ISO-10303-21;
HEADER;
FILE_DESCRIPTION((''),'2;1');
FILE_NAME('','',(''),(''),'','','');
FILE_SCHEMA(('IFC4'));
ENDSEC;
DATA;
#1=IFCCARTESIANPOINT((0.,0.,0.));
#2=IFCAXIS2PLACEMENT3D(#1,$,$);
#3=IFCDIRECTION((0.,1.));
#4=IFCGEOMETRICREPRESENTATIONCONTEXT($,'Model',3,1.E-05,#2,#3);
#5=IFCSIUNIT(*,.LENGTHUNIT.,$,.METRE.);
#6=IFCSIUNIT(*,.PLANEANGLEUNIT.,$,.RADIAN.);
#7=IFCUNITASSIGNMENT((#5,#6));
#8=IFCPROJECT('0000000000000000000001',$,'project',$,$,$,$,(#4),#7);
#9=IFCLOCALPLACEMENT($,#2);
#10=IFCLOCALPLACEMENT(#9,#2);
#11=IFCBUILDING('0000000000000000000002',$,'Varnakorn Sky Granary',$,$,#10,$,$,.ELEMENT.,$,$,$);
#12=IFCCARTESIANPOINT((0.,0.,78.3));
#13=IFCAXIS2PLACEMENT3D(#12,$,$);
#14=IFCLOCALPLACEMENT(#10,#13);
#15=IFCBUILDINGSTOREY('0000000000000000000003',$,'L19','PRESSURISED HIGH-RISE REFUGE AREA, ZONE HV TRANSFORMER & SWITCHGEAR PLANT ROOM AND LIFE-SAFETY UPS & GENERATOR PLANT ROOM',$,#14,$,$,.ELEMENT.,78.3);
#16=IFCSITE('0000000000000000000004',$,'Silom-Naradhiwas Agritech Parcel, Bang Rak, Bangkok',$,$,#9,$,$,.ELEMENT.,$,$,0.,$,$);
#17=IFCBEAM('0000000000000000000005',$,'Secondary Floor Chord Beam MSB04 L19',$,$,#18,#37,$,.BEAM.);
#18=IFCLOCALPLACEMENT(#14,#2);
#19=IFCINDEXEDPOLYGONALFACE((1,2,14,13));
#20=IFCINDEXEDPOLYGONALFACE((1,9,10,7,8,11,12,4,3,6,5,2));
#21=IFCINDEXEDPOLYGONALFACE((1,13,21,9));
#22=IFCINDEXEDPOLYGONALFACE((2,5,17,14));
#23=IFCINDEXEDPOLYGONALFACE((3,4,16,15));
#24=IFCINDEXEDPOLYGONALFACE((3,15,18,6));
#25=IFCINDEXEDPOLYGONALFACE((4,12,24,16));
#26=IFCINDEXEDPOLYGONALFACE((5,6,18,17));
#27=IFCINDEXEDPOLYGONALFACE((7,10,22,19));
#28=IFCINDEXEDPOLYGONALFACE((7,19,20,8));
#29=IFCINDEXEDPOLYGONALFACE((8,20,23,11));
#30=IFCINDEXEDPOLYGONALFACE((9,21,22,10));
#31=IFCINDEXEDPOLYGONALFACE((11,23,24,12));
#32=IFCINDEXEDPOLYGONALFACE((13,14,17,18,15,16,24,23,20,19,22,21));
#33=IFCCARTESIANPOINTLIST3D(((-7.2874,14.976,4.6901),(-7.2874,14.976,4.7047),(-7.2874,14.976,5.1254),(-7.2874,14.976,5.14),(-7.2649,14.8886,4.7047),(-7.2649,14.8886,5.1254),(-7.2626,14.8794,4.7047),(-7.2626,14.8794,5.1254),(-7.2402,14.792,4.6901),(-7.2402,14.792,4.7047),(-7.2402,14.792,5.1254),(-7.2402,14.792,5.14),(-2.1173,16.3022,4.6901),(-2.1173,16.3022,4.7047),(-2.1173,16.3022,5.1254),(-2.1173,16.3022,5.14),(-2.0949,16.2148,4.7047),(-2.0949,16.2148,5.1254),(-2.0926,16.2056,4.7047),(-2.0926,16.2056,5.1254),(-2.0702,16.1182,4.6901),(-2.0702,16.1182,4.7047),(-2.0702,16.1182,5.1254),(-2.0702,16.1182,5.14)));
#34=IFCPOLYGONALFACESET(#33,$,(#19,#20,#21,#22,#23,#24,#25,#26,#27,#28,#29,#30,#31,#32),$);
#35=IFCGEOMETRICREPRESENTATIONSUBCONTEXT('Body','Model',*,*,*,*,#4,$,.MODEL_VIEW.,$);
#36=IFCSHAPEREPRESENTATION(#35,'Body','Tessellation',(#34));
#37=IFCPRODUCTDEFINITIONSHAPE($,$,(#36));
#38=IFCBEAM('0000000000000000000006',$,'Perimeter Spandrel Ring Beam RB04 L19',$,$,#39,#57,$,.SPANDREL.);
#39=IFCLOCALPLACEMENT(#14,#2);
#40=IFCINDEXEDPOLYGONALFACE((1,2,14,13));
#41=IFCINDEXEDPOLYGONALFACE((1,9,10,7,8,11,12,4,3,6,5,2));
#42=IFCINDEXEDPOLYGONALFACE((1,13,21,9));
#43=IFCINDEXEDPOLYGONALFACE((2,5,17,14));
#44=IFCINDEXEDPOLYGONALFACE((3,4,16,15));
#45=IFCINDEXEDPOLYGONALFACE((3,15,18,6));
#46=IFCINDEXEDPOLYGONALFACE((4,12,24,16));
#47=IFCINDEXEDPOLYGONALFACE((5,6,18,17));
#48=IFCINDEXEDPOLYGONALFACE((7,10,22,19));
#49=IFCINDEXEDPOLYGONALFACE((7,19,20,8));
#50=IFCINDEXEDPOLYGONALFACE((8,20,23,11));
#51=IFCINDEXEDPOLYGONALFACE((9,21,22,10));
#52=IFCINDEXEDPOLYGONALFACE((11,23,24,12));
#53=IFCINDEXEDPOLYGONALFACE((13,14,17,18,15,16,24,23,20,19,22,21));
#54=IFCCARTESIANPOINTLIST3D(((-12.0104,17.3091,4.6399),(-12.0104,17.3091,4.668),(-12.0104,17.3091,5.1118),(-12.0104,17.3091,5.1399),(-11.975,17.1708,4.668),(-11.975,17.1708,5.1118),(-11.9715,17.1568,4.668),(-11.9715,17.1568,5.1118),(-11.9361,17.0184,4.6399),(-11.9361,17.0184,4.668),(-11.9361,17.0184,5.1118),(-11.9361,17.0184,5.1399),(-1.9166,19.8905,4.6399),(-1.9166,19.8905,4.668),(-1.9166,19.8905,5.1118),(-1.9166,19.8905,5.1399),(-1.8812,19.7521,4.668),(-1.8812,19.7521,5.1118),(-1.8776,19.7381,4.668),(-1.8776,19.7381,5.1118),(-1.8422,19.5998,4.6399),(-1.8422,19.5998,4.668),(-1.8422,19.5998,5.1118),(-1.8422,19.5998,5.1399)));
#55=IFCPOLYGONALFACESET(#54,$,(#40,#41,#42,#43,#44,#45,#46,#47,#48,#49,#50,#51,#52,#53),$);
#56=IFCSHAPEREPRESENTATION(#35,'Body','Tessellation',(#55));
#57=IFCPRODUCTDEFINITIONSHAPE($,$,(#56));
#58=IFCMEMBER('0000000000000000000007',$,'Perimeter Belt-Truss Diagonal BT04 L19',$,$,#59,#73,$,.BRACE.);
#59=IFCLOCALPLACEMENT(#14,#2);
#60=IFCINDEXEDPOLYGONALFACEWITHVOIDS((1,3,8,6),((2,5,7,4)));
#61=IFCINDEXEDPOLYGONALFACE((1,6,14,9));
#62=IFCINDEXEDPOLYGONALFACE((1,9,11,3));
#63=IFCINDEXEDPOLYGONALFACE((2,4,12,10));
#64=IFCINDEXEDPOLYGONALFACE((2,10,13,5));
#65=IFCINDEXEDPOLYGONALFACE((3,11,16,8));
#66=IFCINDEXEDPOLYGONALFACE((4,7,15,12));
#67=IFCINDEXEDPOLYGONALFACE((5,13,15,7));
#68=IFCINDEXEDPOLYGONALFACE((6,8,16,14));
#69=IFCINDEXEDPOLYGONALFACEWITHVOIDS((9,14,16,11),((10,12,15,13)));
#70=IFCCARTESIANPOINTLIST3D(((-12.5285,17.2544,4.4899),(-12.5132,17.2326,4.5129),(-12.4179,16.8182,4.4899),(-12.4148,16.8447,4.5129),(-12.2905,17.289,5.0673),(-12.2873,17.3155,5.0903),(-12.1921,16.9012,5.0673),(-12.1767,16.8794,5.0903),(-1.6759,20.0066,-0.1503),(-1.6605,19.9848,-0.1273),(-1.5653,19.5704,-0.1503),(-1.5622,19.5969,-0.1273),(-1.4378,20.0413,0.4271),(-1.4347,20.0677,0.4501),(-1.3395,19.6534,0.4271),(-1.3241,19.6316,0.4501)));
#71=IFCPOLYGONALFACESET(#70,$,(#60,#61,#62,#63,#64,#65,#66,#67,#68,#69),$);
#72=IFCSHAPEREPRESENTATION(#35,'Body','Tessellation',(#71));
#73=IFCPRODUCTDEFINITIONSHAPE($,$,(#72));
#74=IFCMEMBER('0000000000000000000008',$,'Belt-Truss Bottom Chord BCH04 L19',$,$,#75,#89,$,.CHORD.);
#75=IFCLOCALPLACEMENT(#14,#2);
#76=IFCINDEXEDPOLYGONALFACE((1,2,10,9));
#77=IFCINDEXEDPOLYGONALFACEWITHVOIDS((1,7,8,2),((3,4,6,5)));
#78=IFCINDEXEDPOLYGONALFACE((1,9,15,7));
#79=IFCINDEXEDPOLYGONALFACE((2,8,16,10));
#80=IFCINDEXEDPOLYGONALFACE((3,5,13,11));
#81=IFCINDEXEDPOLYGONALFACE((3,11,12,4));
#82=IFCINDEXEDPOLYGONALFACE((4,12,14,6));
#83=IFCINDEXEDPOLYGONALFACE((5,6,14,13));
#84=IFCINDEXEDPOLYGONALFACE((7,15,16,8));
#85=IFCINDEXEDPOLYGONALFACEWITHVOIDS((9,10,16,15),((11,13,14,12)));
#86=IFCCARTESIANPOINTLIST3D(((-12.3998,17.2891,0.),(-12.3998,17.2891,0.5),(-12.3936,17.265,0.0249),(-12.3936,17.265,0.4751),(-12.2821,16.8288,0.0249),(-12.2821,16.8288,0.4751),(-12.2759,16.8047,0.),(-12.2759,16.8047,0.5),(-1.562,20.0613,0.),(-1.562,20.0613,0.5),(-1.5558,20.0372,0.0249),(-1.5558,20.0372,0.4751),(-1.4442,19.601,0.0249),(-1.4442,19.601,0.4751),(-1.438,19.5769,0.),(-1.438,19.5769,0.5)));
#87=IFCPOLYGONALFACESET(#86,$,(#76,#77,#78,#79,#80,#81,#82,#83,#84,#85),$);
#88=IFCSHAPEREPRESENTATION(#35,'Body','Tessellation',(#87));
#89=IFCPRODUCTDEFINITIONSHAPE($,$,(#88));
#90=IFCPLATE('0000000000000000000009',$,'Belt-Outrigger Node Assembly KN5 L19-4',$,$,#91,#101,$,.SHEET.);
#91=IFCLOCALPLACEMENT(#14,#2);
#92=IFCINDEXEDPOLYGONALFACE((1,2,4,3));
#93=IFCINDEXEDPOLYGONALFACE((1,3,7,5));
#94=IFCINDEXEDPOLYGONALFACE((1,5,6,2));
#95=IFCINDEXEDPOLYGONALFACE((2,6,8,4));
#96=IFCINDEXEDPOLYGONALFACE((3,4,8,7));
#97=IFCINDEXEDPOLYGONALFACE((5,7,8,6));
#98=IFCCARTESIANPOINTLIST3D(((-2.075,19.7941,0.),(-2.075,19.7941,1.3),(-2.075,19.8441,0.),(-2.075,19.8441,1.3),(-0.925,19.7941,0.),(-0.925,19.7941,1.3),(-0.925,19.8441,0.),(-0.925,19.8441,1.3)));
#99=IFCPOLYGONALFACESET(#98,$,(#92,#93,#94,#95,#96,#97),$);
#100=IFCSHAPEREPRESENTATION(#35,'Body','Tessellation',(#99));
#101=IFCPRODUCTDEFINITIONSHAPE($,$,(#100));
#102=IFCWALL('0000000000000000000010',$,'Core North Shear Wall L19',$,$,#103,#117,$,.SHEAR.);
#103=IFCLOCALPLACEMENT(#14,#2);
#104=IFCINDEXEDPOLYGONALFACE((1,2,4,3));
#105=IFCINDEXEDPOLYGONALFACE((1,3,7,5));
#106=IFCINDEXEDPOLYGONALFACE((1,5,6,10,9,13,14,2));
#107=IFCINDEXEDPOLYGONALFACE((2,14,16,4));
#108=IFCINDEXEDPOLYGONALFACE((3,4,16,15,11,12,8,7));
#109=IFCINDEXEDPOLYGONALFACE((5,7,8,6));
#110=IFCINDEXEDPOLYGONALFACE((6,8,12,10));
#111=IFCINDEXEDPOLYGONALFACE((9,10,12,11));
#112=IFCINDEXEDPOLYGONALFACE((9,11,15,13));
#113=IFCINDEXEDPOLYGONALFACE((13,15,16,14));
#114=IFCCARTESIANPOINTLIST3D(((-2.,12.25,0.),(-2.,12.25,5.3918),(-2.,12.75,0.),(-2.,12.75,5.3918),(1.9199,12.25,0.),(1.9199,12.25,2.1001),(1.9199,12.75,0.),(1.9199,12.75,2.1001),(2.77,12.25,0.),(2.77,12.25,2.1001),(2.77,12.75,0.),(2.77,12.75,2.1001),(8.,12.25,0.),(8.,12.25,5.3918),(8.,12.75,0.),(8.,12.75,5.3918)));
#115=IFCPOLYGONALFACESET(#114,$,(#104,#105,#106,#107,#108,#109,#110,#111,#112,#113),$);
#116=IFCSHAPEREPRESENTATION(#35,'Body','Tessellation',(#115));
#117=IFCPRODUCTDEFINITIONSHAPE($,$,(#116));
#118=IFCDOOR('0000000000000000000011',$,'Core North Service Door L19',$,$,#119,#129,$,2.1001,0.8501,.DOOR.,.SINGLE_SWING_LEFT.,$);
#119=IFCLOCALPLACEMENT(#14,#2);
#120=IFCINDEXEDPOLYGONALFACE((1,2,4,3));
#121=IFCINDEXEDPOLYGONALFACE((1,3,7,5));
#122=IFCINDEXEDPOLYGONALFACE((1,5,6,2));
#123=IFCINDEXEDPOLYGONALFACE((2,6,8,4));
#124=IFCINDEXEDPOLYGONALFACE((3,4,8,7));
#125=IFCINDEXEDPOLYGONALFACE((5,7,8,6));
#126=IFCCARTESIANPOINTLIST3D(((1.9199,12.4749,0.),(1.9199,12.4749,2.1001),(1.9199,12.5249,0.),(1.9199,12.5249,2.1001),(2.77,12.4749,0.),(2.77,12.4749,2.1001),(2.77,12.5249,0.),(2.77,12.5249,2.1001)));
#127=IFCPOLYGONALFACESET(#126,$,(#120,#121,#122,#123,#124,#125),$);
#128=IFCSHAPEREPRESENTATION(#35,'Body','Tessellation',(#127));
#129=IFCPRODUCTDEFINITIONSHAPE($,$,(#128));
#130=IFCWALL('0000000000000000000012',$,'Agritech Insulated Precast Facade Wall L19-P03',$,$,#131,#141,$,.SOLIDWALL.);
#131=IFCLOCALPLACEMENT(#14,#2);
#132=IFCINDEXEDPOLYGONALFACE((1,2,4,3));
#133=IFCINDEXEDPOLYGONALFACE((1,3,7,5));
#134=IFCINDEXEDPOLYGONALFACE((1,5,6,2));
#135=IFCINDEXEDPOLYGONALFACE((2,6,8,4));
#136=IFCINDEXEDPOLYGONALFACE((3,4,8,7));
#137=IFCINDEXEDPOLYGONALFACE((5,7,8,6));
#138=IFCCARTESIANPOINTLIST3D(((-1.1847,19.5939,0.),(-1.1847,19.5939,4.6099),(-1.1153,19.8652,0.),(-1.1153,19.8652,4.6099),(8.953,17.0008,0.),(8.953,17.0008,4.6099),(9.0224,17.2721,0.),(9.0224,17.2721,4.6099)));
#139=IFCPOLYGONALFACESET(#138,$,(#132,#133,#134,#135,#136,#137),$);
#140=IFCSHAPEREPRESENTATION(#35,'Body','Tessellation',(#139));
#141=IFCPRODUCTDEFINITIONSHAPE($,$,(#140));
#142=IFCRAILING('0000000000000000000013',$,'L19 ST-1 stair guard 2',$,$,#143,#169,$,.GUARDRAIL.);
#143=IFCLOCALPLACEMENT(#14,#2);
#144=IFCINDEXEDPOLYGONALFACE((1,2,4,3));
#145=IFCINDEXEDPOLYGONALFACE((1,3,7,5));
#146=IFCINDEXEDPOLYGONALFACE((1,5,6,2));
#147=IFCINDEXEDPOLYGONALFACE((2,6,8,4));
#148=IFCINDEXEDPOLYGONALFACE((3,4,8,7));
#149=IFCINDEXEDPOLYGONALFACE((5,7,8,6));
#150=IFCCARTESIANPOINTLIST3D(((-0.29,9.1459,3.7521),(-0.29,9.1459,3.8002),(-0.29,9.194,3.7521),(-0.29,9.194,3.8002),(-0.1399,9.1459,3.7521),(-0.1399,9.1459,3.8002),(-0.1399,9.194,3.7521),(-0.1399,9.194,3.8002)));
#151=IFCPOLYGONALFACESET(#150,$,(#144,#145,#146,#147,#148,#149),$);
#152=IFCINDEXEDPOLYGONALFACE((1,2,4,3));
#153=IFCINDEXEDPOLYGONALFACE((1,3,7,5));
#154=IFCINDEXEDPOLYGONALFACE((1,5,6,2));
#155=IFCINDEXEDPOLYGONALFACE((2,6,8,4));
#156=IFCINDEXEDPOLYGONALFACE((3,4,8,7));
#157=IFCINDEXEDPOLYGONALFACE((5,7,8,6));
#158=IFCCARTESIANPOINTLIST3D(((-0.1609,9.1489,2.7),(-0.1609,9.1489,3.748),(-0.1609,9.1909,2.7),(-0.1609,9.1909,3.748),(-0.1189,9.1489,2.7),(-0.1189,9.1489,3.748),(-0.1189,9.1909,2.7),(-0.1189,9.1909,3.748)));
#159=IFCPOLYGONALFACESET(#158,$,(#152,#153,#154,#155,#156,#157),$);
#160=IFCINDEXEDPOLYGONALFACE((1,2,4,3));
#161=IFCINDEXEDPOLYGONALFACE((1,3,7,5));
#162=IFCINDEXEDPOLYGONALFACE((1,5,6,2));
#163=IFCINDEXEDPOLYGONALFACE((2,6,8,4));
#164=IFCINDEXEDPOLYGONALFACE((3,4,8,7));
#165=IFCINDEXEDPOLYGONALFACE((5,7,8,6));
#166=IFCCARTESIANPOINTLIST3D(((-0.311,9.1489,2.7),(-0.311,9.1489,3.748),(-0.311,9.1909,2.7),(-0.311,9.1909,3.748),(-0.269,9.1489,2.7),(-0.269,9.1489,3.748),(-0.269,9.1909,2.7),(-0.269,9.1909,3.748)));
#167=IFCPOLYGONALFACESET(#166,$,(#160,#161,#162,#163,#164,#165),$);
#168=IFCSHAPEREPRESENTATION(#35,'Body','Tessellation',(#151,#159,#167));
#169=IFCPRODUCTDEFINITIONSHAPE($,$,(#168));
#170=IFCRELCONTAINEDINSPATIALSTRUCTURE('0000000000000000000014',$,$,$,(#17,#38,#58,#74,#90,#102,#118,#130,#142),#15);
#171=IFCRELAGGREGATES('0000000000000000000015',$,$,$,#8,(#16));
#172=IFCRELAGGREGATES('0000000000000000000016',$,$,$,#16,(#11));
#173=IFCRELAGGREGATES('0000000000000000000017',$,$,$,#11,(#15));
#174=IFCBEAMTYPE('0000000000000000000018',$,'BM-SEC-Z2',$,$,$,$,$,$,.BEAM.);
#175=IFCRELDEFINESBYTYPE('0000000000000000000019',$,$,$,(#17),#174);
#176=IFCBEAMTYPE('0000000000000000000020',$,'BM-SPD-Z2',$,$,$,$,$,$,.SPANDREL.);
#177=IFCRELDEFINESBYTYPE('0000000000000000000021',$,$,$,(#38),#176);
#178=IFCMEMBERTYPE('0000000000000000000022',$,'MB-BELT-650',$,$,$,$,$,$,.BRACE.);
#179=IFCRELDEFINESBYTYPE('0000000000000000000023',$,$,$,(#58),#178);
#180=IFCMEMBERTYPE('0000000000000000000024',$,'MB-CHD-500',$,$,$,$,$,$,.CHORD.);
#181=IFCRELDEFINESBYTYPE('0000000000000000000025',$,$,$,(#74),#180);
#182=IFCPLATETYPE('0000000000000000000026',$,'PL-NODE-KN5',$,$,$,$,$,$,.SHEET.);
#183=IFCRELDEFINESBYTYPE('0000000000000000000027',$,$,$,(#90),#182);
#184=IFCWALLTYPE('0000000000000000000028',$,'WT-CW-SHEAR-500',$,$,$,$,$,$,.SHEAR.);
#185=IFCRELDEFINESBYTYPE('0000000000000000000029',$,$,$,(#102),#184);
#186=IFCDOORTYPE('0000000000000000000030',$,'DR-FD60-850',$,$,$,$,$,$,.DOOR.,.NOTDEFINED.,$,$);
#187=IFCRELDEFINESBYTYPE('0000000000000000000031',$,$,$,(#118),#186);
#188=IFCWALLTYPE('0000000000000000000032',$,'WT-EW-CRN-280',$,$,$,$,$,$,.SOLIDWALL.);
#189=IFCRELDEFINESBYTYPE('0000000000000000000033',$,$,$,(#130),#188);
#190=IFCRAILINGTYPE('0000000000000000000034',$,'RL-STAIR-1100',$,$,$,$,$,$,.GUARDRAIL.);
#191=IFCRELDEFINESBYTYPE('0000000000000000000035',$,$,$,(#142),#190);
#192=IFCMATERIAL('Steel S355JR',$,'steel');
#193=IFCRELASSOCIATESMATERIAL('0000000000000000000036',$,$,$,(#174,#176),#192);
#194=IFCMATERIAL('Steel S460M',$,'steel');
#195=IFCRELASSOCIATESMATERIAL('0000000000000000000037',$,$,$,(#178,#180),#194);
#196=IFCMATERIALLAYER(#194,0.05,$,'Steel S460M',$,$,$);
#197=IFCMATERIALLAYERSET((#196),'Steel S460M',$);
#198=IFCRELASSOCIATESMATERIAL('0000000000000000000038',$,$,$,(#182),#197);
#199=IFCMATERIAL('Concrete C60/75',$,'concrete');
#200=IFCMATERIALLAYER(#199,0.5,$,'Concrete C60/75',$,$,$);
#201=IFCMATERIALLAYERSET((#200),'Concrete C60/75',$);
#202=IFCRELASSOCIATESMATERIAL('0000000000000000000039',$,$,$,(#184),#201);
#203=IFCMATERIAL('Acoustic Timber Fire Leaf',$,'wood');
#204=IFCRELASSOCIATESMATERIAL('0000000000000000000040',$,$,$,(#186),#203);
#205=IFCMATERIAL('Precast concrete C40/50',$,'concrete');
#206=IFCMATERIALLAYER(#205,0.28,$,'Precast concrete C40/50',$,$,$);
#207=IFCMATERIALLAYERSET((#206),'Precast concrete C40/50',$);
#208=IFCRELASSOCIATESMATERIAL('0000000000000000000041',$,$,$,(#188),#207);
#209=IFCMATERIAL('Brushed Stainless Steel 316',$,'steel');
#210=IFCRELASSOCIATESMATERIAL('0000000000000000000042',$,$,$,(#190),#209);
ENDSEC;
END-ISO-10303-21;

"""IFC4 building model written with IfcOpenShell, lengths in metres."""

from ifc_helpers import new_model, si_unit, direction, frame, frame_2d, origin, origin_2d, place, context, subcontext, project, spatial, rectangle, hollow_rectangle, i_section, extrude, material, layer, layer_set, material_profile, profile_set, type_object, element, fill, save


model = new_model("IFC4")

# Units and contexts
model_context = context("Model", 3, precision=1e-05, world=origin(), true_north=direction((0.0, 1.0)))
body_context = subcontext(model_context, "Body", "Model", "MODEL_VIEW")
ifc_project = project(units=[si_unit("LENGTHUNIT", "METRE"), si_unit("PLANEANGLEUNIT", "RADIAN")], contexts=[model_context])

# Site, building, storey
site_placement = place(None, origin())
site = spatial("IfcSite", under=ifc_project, at=site_placement, Name="Silom-Naradhiwas Agritech Parcel, Bang Rak, Bangkok", CompositionType="ELEMENT", RefElevation=0.0)
building_placement = place(site_placement, origin())
building = spatial("IfcBuilding", under=site, at=building_placement, Name="Varnakorn Sky Granary", CompositionType="ELEMENT")
storey_placement = place(building_placement, frame((0.0, 0.0, 78.3)))
storey = spatial("IfcBuildingStorey", under=building, at=storey_placement, Name="L19", Description="PRESSURISED HIGH-RISE REFUGE AREA, ZONE HV TRANSFORMER & SWITCHGEAR PLANT ROOM AND LIFE-SAFETY UPS & GENERATOR PLANT ROOM", CompositionType="ELEMENT", Elevation=78.3)

# Shared definitions
ifc_material_1 = material(Name="Steel S460M", Category="steel")
ifc_material_2 = material(Name="Concrete C60/75", Category="concrete")

# Beams
ifc_material_3 = material(Name="Steel S355JR", Category="steel")
ifc_material_profile_1 = material_profile(ifc_material_3, i_section(OverallWidth=0.1899, OverallDepth=0.45, WebThickness=0.0095, FlangeThickness=0.0146, at=origin_2d()), Name="IPE 450")
ifc_profile_set_1 = profile_set([ifc_material_profile_1], Name="Steel S355JR")
beam_type_1 = type_object("IfcBeamType", Name="BM-SEC-Z2", PredefinedType="BEAM", material=ifc_profile_set_1)
beam_1_placement = place(storey_placement, frame((-2.0938, 16.2102, 4.915), z_axis=(-0.968639, -0.248472, 0.0), x_axis=(0.248472, -0.968639, 0.0)))
element("IfcBeam", 1, at=beam_1_placement, inside=storey, type_object=beam_type_1, Name="Secondary Floor Chord Beam MSB04 L19", PredefinedType="BEAM", context=body_context, shape_type="SweptSolid", body=[
    extrude(i_section(OverallWidth=0.1899, OverallDepth=0.45, WebThickness=0.0095, FlangeThickness=0.0146, at=origin_2d()), origin(), (0.0, 0.0, 1.0), 5.3374),
])
ifc_material_profile_2 = material_profile(ifc_material_3, i_section(OverallWidth=0.3, OverallDepth=0.5, WebThickness=0.0144, FlangeThickness=0.0281, at=origin_2d()), Name="HE 500 B")
ifc_profile_set_2 = profile_set([ifc_material_profile_2], Name="Steel S355JR")
beam_type_2 = type_object("IfcBeamType", Name="BM-SPD-Z2", PredefinedType="SPANDREL", material=ifc_profile_set_2)
beam_2_placement = place(storey_placement, frame((-1.8794, 19.7451, 4.8899), z_axis=(-0.968822, -0.247759, 0.0), x_axis=(0.247759, -0.968822, 0.0)))
element("IfcBeam", 2, at=beam_2_placement, inside=storey, type_object=beam_type_2, Name="Perimeter Spandrel Ring Beam RB04 L19", PredefinedType="SPANDREL", context=body_context, shape_type="SweptSolid", body=[
    extrude(i_section(OverallWidth=0.3, OverallDepth=0.5, WebThickness=0.0144, FlangeThickness=0.0281, at=origin_2d()), origin(), (0.0, 0.0, 1.0), 10.4187),
])

# Members
ifc_material_profile_3 = material_profile(ifc_material_1, hollow_rectangle(XDim=0.45, YDim=0.6499, WallThickness=0.0249, at=origin_2d()), Name="RHS 450x650x25")
ifc_profile_set_3 = profile_set([ifc_material_profile_3], Name="Steel S460M")
member_type_1 = type_object("IfcMemberType", Name="MB-BELT-650", PredefinedType="BRACE", material=ifc_profile_set_3)
member_1_placement = place(storey_placement, frame((-1.5, 19.8191, 0.1499), z_axis=(-0.895459, -0.227088, 0.382864), x_axis=(0.245818, -0.969316, 0.0)))
element("IfcMember", 3, at=member_1_placement, inside=storey, type_object=member_type_1, Name="Perimeter Belt-Truss Diagonal BT04 L19", PredefinedType="BRACE", context=body_context, shape_type="SweptSolid", body=[
    extrude(hollow_rectangle(XDim=0.45, YDim=0.6499, WallThickness=0.0249, at=origin_2d()), origin(), (0.0, 0.0, 1.0), 12.1196),
])
ifc_material_profile_4 = material_profile(ifc_material_1, hollow_rectangle(XDim=0.5, YDim=0.5, WallThickness=0.0249, at=origin_2d()), Name="SHS 500x500x25")
ifc_profile_set_4 = profile_set([ifc_material_profile_4], Name="Steel S460M")
member_type_2 = type_object("IfcMemberType", Name="MB-CHD-500", PredefinedType="CHORD", material=ifc_profile_set_4)
member_2_placement = place(storey_placement, frame((-1.5, 19.8191, 0.25), z_axis=(-0.968808, -0.247811, 0.0), x_axis=(0.247811, -0.968808, 0.0)))
element("IfcMember", 4, at=member_2_placement, inside=storey, type_object=member_type_2, Name="Belt-Truss Bottom Chord BCH04 L19", PredefinedType="CHORD", context=body_context, shape_type="SweptSolid", body=[
    extrude(hollow_rectangle(XDim=0.5, YDim=0.5, WallThickness=0.0249, at=origin_2d()), origin(), (0.0, 0.0, 1.0), 11.1868),
])

# Plate
ifc_layer_1 = layer(ifc_material_1, 0.05, Name="Steel S460M")
ifc_layer_set_1 = layer_set([ifc_layer_1], Name="Steel S460M")
plate_type = type_object("IfcPlateType", Name="PL-NODE-KN5", PredefinedType="SHEET", material=ifc_layer_set_1)
plate_placement = place(storey_placement, frame((-1.5, 19.8191, 0.0), z_axis=(0.0, 0.0, 1.0), x_axis=(1.0, 0.0, 0.0)))
element("IfcPlate", 5, at=plate_placement, inside=storey, type_object=plate_type, Name="Belt-Outrigger Node Assembly KN5 L19-4", PredefinedType="SHEET", context=body_context, shape_type="SweptSolid", body=[
    extrude(rectangle(XDim=1.1499, YDim=0.05, at=origin_2d()), origin(), (0.0, 0.0, 1.0), 1.3),
])

# Wall, opening, door
ifc_layer_2 = layer(ifc_material_2, 0.5, Name="Concrete C60/75")
ifc_layer_set_2 = layer_set([ifc_layer_2], Name="Concrete C60/75")
wall_type_1 = type_object("IfcWallType", Name="WT-CW-SHEAR-500", PredefinedType="SHEAR", material=ifc_layer_set_2)
wall_1_placement = place(storey_placement, frame((-2.0, 12.5, 0.0), z_axis=(0.0, 0.0, 1.0), x_axis=(1.0, 0.0, 0.0)))
wall_1 = element("IfcWall", 6, at=wall_1_placement, inside=storey, type_object=wall_type_1, Name="Core North Shear Wall L19", PredefinedType="SHEAR", context=body_context, shape_type="SweptSolid", body=[
    extrude(rectangle(XDim=10.0, YDim=0.5, at=frame_2d((5.0, 0.0))), origin(), (0.0, 0.0, 1.0), 5.3918),
])
opening_placement = place(wall_1_placement, frame((3.9199, 0.0, 0.0)))
opening = element("IfcOpeningElement", 7, at=opening_placement, cuts=wall_1, PredefinedType="OPENING", context=body_context, shape_type="SweptSolid", body=[
    extrude(rectangle(XDim=0.8501, YDim=2.1001, at=frame_2d((0.425, 1.05))), frame((0.0, 0.26, 0.0), z_axis=(0.0, -1.0, 0.0), x_axis=(1.0, 0.0, 0.0)), (0.0, 0.0, 1.0), 0.52),
])
ifc_material_4 = material(Name="Acoustic Timber Fire Leaf", Category="wood")
door_type = type_object("IfcDoorType", Name="DR-FD60-850", OperationType="NOTDEFINED", PredefinedType="DOOR", material=ifc_material_4)
door_placement = place(opening_placement, origin())
door = element("IfcDoor", 8, at=door_placement, inside=storey, type_object=door_type, Name="Core North Service Door L19", OperationType="SINGLE_SWING_LEFT", OverallHeight=2.1001, OverallWidth=0.8501, PredefinedType="DOOR", context=body_context, shape_type="SweptSolid", body=[
    extrude(rectangle(XDim=0.8501, YDim=2.1001, at=frame_2d((0.425, 1.05))), frame((0.0, 0.0249, 0.0), z_axis=(0.0, -1.0, 0.0), x_axis=(1.0, 0.0, 0.0)), (0.0, 0.0, 1.0), 0.05),
])
fill(opening, door)

# Wall
ifc_material_5 = material(Name="Precast concrete C40/50", Category="concrete")
ifc_layer_3 = layer(ifc_material_5, 0.28, Name="Precast concrete C40/50")
ifc_layer_set_3 = layer_set([ifc_layer_3], Name="Precast concrete C40/50")
wall_type_2 = type_object("IfcWallType", Name="WT-EW-CRN-280", PredefinedType="SOLIDWALL", material=ifc_layer_set_3)
wall_2_placement = place(storey_placement, frame((-1.1499, 19.7295, 0.0), z_axis=(0.0, 0.0, 1.0), x_axis=(0.968811, -0.247802, 0.0)))
element("IfcWall", 9, at=wall_2_placement, inside=storey, type_object=wall_type_2, Name="Agritech Insulated Precast Facade Wall L19-P03", PredefinedType="SOLIDWALL", context=body_context, shape_type="SweptSolid", body=[
    extrude(rectangle(XDim=10.4641, YDim=0.28, at=frame_2d((5.2319, 0.0))), origin(), (0.0, 0.0, 1.0), 4.6099),
])

# Railing
ifc_material_6 = material(Name="Brushed Stainless Steel 316", Category="steel")
railing_type = type_object("IfcRailingType", Name="RL-STAIR-1100", PredefinedType="GUARDRAIL", material=ifc_material_6)
railing_placement = place(storey_placement, frame((-0.1399, 9.1699, 2.7)))
element("IfcRailing", 10, at=railing_placement, inside=storey, type_object=railing_type, Name="L19 ST-1 stair guard 2", PredefinedType="GUARDRAIL", context=body_context, shape_type="SweptSolid", body=[
    extrude(rectangle(XDim=0.0481, YDim=0.0481, at=origin_2d()), frame((0.0, 0.0, 1.0762), z_axis=(-1.0, 0.0, 0.0), x_axis=(0.0, -1.0, 0.0)), (0.0, 0.0, 1.0), 0.1501),
    extrude(rectangle(XDim=0.042, YDim=0.042, at=origin_2d()), origin(), (0.0, 0.0, 1.0), 1.0481),
    extrude(rectangle(XDim=0.042, YDim=0.042, at=origin_2d()), frame((-0.1501, 0.0, 0.0)), (0.0, 0.0, 1.0), 1.0481),
])

save(model, "model.ifc")
